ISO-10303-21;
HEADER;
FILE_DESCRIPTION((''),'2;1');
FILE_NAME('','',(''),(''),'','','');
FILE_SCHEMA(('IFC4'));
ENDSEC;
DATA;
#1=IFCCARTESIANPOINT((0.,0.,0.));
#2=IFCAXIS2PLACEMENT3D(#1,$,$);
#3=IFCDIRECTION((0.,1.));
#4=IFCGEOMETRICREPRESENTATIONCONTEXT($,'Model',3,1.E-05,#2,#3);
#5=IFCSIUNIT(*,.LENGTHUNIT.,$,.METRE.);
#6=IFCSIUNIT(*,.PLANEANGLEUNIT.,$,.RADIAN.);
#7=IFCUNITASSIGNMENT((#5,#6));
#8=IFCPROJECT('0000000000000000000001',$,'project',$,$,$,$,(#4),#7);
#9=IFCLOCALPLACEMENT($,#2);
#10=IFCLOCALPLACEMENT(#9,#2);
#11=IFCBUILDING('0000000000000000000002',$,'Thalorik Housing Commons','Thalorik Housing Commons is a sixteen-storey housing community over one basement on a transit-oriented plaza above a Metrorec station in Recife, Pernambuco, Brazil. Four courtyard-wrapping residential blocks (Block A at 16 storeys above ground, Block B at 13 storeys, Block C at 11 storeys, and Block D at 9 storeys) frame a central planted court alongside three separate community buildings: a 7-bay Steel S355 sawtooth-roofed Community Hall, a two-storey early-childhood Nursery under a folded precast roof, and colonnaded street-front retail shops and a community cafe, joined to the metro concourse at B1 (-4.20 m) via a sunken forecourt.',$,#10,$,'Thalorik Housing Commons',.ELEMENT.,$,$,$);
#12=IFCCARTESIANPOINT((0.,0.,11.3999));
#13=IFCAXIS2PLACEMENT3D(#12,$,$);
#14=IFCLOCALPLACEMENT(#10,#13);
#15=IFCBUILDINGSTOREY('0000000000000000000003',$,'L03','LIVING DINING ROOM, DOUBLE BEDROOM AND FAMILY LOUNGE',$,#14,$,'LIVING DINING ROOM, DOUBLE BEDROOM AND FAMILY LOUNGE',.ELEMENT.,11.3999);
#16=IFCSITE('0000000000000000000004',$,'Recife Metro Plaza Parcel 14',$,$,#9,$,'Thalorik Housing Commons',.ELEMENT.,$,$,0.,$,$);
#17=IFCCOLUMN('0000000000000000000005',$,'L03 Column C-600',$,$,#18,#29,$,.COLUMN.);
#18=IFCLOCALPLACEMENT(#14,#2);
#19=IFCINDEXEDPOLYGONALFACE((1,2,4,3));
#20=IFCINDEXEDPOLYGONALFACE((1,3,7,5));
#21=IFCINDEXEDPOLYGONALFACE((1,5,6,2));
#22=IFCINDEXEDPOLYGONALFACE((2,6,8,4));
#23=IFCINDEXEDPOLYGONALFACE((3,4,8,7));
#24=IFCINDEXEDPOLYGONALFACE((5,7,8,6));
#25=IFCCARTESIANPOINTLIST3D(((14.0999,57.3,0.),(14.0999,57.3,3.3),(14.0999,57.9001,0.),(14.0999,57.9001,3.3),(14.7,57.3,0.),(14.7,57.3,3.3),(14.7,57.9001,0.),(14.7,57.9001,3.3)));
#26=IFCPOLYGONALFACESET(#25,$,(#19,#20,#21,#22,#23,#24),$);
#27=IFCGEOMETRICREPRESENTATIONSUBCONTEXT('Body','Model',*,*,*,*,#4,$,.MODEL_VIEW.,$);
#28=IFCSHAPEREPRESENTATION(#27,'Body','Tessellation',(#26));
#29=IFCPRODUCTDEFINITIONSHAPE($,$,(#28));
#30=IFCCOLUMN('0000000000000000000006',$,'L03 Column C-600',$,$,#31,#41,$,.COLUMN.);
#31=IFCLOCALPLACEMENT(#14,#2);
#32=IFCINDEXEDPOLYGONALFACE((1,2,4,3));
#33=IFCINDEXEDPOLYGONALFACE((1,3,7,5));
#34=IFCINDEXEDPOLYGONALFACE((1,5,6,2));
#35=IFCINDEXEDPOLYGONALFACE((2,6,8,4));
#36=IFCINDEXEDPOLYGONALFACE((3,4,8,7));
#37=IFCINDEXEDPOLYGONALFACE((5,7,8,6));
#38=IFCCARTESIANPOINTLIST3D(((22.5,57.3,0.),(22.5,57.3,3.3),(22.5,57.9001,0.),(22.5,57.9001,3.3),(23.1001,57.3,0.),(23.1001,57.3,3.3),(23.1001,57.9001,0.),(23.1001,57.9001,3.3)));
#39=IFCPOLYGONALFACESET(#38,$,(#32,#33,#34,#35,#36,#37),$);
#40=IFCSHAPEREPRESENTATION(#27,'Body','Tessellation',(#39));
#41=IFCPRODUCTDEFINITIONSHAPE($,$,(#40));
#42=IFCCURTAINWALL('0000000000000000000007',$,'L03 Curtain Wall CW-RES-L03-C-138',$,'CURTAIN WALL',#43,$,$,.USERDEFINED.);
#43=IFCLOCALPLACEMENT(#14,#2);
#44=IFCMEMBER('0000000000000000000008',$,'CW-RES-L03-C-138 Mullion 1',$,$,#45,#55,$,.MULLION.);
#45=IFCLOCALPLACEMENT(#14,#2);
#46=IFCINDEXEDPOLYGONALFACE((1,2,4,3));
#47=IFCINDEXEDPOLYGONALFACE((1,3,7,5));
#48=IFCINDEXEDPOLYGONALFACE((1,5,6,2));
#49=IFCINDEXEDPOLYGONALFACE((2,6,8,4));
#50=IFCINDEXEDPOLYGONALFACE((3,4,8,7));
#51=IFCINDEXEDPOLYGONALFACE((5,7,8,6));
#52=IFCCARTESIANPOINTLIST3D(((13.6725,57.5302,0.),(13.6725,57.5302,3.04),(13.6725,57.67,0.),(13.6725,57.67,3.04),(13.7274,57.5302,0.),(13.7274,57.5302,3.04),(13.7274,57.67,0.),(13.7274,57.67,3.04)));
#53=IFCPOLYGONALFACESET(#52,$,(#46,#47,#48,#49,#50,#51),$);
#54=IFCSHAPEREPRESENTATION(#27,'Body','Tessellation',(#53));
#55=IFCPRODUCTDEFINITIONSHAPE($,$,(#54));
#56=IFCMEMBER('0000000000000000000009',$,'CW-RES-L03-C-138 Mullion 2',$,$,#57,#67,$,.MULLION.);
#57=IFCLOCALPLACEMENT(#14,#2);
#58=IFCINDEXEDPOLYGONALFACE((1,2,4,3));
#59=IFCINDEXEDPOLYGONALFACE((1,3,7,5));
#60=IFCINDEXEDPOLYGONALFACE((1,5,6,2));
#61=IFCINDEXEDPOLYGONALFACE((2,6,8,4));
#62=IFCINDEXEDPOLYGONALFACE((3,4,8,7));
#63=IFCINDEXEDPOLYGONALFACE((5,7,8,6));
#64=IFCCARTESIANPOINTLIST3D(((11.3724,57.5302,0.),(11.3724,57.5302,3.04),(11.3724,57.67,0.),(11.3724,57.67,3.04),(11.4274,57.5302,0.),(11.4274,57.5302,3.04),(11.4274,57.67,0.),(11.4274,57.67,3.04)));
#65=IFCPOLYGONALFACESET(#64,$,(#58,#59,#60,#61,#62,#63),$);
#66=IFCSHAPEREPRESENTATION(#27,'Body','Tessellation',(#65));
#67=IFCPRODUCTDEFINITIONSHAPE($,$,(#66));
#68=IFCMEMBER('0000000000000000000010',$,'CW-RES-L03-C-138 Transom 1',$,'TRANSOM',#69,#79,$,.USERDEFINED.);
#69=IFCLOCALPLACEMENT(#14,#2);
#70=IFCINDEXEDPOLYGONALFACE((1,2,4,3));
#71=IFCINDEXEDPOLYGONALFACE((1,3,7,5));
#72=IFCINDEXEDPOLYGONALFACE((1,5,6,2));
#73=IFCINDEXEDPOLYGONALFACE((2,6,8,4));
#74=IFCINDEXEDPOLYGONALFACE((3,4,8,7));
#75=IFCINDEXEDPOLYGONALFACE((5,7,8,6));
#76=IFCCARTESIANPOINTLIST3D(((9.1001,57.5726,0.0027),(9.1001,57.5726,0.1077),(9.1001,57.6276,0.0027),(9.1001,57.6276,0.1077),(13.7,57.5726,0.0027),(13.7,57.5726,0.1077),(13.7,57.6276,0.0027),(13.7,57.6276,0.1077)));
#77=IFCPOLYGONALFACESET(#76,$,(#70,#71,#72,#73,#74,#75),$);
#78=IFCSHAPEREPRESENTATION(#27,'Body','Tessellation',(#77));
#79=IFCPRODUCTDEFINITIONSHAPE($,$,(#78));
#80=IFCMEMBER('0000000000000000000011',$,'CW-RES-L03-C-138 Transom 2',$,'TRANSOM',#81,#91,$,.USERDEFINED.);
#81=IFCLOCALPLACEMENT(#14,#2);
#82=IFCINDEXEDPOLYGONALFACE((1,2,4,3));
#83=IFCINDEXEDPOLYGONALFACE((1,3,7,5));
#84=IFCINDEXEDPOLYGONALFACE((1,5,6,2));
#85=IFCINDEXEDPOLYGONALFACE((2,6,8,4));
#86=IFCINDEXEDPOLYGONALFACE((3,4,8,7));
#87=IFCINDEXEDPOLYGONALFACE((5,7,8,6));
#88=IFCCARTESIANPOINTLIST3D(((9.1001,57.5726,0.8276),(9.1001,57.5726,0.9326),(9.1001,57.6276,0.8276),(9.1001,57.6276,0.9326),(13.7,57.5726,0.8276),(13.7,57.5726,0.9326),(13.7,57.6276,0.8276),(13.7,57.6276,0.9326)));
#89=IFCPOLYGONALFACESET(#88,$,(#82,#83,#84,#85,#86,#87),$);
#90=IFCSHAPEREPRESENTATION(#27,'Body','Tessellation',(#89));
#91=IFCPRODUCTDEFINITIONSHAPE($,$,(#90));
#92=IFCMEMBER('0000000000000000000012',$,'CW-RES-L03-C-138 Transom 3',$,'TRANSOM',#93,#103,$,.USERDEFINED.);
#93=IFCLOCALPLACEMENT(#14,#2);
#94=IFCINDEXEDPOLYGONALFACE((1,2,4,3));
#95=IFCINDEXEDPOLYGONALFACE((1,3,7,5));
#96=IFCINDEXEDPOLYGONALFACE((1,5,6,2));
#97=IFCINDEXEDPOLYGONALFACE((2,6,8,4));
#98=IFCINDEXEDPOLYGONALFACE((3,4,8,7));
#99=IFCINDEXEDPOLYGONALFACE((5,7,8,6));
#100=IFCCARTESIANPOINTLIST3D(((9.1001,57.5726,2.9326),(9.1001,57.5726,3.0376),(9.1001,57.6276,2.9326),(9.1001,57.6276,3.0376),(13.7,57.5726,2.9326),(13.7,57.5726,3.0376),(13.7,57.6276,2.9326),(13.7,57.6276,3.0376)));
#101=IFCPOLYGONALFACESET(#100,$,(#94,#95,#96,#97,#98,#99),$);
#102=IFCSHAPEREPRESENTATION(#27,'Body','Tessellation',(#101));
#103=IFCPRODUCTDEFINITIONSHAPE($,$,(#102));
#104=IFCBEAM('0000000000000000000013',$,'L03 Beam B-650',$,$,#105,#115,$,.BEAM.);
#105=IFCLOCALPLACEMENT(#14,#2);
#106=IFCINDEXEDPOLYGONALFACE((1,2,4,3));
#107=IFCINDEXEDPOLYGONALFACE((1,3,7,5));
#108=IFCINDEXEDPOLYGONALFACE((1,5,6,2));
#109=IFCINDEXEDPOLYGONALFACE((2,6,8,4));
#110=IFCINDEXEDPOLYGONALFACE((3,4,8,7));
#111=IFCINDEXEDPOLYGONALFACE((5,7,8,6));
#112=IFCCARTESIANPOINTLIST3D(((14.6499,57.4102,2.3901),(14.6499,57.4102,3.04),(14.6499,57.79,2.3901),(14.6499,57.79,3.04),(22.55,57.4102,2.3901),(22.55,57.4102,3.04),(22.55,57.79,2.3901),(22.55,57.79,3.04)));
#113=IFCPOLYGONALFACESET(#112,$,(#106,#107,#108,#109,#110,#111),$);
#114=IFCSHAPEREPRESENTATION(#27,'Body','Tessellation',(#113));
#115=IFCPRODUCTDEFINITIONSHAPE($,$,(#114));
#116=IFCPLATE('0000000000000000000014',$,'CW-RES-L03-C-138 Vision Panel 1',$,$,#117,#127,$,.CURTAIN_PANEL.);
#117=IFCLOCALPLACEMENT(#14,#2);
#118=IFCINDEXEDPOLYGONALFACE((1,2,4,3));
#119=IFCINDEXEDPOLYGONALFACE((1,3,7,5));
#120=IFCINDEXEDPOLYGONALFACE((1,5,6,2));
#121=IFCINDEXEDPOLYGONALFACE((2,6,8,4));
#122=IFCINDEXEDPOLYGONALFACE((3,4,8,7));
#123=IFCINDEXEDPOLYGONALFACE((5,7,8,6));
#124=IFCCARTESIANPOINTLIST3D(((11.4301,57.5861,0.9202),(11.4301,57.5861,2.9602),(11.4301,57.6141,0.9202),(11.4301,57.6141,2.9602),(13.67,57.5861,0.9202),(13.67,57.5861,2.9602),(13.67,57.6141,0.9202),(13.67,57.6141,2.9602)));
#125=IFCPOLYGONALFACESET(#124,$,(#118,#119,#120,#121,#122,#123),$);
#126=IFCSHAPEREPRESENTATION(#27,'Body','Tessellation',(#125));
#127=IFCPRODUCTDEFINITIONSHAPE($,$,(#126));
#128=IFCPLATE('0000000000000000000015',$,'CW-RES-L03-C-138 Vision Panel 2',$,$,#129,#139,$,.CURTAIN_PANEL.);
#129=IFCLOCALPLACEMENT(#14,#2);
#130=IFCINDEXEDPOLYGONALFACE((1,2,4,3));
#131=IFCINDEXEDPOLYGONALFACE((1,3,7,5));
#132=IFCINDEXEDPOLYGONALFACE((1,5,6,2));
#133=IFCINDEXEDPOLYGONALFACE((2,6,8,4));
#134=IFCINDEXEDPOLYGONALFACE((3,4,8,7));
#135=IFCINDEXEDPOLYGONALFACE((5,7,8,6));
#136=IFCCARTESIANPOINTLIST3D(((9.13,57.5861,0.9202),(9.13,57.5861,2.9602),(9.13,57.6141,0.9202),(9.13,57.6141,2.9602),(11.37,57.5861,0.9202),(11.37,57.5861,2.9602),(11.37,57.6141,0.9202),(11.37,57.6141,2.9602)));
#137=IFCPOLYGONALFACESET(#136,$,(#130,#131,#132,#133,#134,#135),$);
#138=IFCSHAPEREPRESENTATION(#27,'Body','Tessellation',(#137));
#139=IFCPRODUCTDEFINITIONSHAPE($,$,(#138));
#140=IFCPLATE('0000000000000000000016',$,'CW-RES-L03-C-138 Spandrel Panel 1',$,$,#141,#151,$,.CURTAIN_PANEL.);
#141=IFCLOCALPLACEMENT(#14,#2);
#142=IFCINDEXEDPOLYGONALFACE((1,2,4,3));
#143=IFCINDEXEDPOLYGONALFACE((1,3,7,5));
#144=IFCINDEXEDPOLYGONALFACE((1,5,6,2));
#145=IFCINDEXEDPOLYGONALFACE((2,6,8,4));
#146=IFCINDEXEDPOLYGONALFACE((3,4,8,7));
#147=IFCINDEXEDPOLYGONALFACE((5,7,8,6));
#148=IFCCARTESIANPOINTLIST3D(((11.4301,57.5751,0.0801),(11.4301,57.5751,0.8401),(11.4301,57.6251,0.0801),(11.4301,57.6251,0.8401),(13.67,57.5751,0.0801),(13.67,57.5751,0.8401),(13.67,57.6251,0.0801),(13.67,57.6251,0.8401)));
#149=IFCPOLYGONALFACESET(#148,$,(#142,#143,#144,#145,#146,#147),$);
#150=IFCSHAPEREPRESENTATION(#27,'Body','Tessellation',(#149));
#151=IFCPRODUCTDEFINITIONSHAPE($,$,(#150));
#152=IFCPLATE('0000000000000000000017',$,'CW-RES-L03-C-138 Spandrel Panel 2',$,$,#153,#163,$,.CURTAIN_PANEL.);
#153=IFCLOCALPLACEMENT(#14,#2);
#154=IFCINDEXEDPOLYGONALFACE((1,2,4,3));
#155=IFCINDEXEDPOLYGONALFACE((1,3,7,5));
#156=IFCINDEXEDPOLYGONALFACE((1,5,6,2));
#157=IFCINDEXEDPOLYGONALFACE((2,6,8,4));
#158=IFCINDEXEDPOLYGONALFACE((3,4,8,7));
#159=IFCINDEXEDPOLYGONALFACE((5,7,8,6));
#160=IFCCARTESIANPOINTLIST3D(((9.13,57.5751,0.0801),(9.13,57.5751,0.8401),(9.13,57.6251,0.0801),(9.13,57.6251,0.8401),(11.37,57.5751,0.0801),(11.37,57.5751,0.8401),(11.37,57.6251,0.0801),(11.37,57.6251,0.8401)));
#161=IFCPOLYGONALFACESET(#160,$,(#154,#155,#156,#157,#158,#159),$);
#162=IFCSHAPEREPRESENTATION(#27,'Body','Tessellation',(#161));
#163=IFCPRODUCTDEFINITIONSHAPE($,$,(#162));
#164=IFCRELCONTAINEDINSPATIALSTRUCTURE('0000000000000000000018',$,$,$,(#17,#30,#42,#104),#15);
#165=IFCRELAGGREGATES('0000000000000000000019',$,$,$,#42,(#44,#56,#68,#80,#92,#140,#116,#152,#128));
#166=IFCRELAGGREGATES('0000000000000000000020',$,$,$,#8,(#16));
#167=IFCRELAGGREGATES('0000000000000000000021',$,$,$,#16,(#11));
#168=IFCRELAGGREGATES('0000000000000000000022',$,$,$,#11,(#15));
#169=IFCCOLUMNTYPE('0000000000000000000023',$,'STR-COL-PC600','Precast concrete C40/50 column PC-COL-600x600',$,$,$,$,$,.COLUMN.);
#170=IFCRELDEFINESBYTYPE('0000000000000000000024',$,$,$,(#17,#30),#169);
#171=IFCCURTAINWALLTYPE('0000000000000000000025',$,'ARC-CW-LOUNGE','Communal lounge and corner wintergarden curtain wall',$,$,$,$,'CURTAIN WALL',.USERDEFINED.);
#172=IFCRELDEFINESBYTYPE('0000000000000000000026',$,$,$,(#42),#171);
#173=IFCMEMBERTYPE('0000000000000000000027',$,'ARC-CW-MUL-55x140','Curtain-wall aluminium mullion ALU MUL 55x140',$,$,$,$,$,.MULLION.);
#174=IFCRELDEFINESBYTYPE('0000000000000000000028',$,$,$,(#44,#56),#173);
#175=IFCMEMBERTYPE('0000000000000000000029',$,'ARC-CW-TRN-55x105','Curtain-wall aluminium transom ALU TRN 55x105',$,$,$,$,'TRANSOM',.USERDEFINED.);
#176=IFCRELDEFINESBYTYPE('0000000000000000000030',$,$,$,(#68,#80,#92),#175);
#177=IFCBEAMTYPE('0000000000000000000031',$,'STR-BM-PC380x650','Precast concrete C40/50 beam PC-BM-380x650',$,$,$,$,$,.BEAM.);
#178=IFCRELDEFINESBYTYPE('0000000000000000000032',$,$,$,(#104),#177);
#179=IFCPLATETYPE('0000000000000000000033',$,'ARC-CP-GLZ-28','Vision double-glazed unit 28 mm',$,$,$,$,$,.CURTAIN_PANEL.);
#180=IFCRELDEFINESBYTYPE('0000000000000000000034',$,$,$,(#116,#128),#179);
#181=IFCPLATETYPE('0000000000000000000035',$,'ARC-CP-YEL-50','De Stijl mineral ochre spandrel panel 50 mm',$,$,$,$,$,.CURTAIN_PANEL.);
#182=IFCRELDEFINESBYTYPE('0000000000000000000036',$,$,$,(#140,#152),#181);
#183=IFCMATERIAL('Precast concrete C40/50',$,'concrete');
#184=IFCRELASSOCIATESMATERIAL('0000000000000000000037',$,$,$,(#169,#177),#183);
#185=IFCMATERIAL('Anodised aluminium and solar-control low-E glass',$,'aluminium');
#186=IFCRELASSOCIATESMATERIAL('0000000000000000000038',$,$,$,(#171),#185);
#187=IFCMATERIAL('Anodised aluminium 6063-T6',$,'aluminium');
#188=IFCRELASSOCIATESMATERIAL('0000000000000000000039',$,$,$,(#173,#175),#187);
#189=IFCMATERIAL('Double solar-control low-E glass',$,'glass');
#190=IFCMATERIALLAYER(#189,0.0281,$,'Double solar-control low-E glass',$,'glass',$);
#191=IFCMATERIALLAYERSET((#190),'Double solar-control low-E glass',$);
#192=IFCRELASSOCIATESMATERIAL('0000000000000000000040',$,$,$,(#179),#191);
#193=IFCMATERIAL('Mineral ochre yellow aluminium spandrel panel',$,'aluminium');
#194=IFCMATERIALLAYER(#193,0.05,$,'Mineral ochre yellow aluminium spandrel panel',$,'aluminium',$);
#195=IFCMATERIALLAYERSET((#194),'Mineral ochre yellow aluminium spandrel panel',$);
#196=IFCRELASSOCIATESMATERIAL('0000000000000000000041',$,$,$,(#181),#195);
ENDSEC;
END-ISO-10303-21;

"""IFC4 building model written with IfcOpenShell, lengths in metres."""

from ifc_helpers import new_model, si_unit, direction, frame, origin, origin_2d, place, context, subcontext, project, spatial, rectangle, extrude, material, layer, layer_set, material_profile, profile_set, type_object, element, aggregate, save


model = new_model("IFC4")

# Units and contexts
model_context = context("Model", 3, precision=1e-05, world=origin(), true_north=direction((0.0, 1.0)))
body_context = subcontext(model_context, "Body", "Model", "MODEL_VIEW")
ifc_project = project(units=[si_unit("LENGTHUNIT", "METRE"), si_unit("PLANEANGLEUNIT", "RADIAN")], contexts=[model_context])

# Site, building, storey
site_placement = place(None, origin())
site = spatial("IfcSite", under=ifc_project, at=site_placement, Name="Recife Metro Plaza Parcel 14", LongName="Thalorik Housing Commons", CompositionType="ELEMENT", RefElevation=0.0)
building_placement = place(site_placement, origin())
building = spatial("IfcBuilding", under=site, at=building_placement, Name="Thalorik Housing Commons", Description="Thalorik Housing Commons is a sixteen-storey housing community over one basement on a transit-oriented plaza above a Metrorec station in Recife, Pernambuco, Brazil. Four courtyard-wrapping residential blocks (Block A at 16 storeys above ground, Block B at 13 storeys, Block C at 11 storeys, and Block D at 9 storeys) frame a central planted court alongside three separate community buildings: a 7-bay Steel S355 sawtooth-roofed Community Hall, a two-storey early-childhood Nursery under a folded precast roof, and colonnaded street-front retail shops and a community cafe, joined to the metro concourse at B1 (-4.20 m) via a sunken forecourt.", LongName="Thalorik Housing Commons", CompositionType="ELEMENT")
storey_placement = place(building_placement, frame((0.0, 0.0, 11.3999)))
storey = spatial("IfcBuildingStorey", under=building, at=storey_placement, Name="L03", Description="LIVING DINING ROOM, DOUBLE BEDROOM AND FAMILY LOUNGE", LongName="LIVING DINING ROOM, DOUBLE BEDROOM AND FAMILY LOUNGE", CompositionType="ELEMENT", Elevation=11.3999)

# Columns
ifc_material_1 = material(Name="Precast concrete C40/50", Category="concrete")
ifc_material_profile_1 = material_profile(ifc_material_1, rectangle(XDim=0.6001, YDim=0.6001, at=origin_2d()), Name="PC 600x600", Category="concrete")
ifc_profile_set_1 = profile_set([ifc_material_profile_1], Name="Precast concrete C40/50")
column_type = type_object("IfcColumnType", Name="STR-COL-PC600", Description="Precast concrete C40/50 column PC-COL-600x600", PredefinedType="COLUMN", material=ifc_profile_set_1)
for number, where, z_axis, x_axis, name in (
    (1, (14.3999, 57.6001, 0.0), (0.0, 0.0, 1.0), (1.0, 0.0, 0.0), "L03 Column C-600"),
    (2, (22.8, 57.6001, 0.0), (0.0, 0.0, 1.0), (1.0, 0.0, 0.0), "L03 Column C-600"),
):
    element("IfcColumn", number, at=place(storey_placement, frame(where, z_axis=z_axis, x_axis=x_axis)), inside=storey, type_object=column_type, Name=name, PredefinedType="COLUMN", context=body_context, shape_type="SweptSolid", body=[
        extrude(rectangle(XDim=0.6001, YDim=0.6001, at=origin_2d()), origin(), (0.0, 0.0, 1.0), 3.3),
    ])

# Curtain wall, members
ifc_material_2 = material(Name="Anodised aluminium and solar-control low-E glass", Category="aluminium")
curtain_wall_type = type_object("IfcCurtainWallType", Name="ARC-CW-LOUNGE", Description="Communal lounge and corner wintergarden curtain wall", ElementType="CURTAIN WALL", PredefinedType="USERDEFINED", material=ifc_material_2)
curtain_wall_placement = place(storey_placement, origin())
curtain_wall = element("IfcCurtainWall", 3, at=curtain_wall_placement, inside=storey, type_object=curtain_wall_type, Name="L03 Curtain Wall CW-RES-L03-C-138", ObjectType="CURTAIN WALL", PredefinedType="USERDEFINED")
ifc_material_3 = material(Name="Anodised aluminium 6063-T6", Category="aluminium")
ifc_material_profile_2 = material_profile(ifc_material_3, rectangle(XDim=0.0549, YDim=0.1399, at=origin_2d()), Name="ALU MUL 55x140", Category="aluminium")
ifc_profile_set_2 = profile_set([ifc_material_profile_2], Name="Anodised aluminium 6063-T6")
member_type_1 = type_object("IfcMemberType", Name="ARC-CW-MUL-55x140", Description="Curtain-wall aluminium mullion ALU MUL 55x140", PredefinedType="MULLION", material=ifc_profile_set_2)
member_1_placement = place(storey_placement, frame((13.7, 57.6001, 0.0), z_axis=(0.0, 0.0, 1.0), x_axis=(-1.0, 0.0, 0.0)))
member_1 = element("IfcMember", 4, at=member_1_placement, type_object=member_type_1, Name="CW-RES-L03-C-138 Mullion 1", PredefinedType="MULLION", context=body_context, shape_type="SweptSolid", body=[
    extrude(rectangle(XDim=0.0549, YDim=0.1399, at=origin_2d()), origin(), (0.0, 0.0, 1.0), 3.04),
])
member_2_placement = place(storey_placement, frame((11.3999, 57.6001, 0.0), z_axis=(0.0, 0.0, 1.0), x_axis=(-1.0, 0.0, 0.0)))
member_2 = element("IfcMember", 5, at=member_2_placement, type_object=member_type_1, Name="CW-RES-L03-C-138 Mullion 2", PredefinedType="MULLION", context=body_context, shape_type="SweptSolid", body=[
    extrude(rectangle(XDim=0.0549, YDim=0.1399, at=origin_2d()), origin(), (0.0, 0.0, 1.0), 3.04),
])
ifc_material_profile_3 = material_profile(ifc_material_3, rectangle(XDim=0.0549, YDim=0.105, at=origin_2d()), Name="ALU TRN 55x105", Category="aluminium")
ifc_profile_set_3 = profile_set([ifc_material_profile_3], Name="Anodised aluminium 6063-T6")
member_type_2 = type_object("IfcMemberType", Name="ARC-CW-TRN-55x105", Description="Curtain-wall aluminium transom ALU TRN 55x105", ElementType="TRANSOM", PredefinedType="USERDEFINED", material=ifc_profile_set_3)
member_3_placement = place(storey_placement, frame((13.7, 57.6001, 0.0552), z_axis=(-1.0, 0.0, 0.0), x_axis=(0.0, -1.0, 0.0)))
member_3 = element("IfcMember", 6, at=member_3_placement, type_object=member_type_2, Name="CW-RES-L03-C-138 Transom 1", ObjectType="TRANSOM", PredefinedType="USERDEFINED", context=body_context, shape_type="SweptSolid", body=[
    extrude(rectangle(XDim=0.0549, YDim=0.105, at=origin_2d()), origin(), (0.0, 0.0, 1.0), 4.5999),
])
member_4_placement = place(storey_placement, frame((13.7, 57.6001, 0.8801), z_axis=(-1.0, 0.0, 0.0), x_axis=(0.0, -1.0, 0.0)))
member_4 = element("IfcMember", 7, at=member_4_placement, type_object=member_type_2, Name="CW-RES-L03-C-138 Transom 2", ObjectType="TRANSOM", PredefinedType="USERDEFINED", context=body_context, shape_type="SweptSolid", body=[
    extrude(rectangle(XDim=0.0549, YDim=0.105, at=origin_2d()), origin(), (0.0, 0.0, 1.0), 4.5999),
])
member_5_placement = place(storey_placement, frame((13.7, 57.6001, 2.9851), z_axis=(-1.0, 0.0, 0.0), x_axis=(0.0, -1.0, 0.0)))
member_5 = element("IfcMember", 8, at=member_5_placement, type_object=member_type_2, Name="CW-RES-L03-C-138 Transom 3", ObjectType="TRANSOM", PredefinedType="USERDEFINED", context=body_context, shape_type="SweptSolid", body=[
    extrude(rectangle(XDim=0.0549, YDim=0.105, at=origin_2d()), origin(), (0.0, 0.0, 1.0), 4.5999),
])

# Beam
ifc_material_profile_4 = material_profile(ifc_material_1, rectangle(XDim=0.3799, YDim=0.6499, at=origin_2d()), Name="PC 380x650", Category="concrete")
ifc_profile_set_4 = profile_set([ifc_material_profile_4], Name="Precast concrete C40/50")
beam_type = type_object("IfcBeamType", Name="STR-BM-PC380x650", Description="Precast concrete C40/50 beam PC-BM-380x650", PredefinedType="BEAM", material=ifc_profile_set_4)
beam_placement = place(storey_placement, frame((14.6499, 57.6001, 2.7151), z_axis=(1.0, 0.0, 0.0), x_axis=(0.0, 1.0, 0.0)))
element("IfcBeam", 9, at=beam_placement, inside=storey, type_object=beam_type, Name="L03 Beam B-650", PredefinedType="BEAM", context=body_context, shape_type="SweptSolid", body=[
    extrude(rectangle(XDim=0.3799, YDim=0.6499, at=origin_2d()), origin(), (0.0, 0.0, 1.0), 7.9001),
])

# Plates
ifc_material_4 = material(Name="Double solar-control low-E glass", Category="glass")
ifc_layer_1 = layer(ifc_material_4, 0.0281, Name="Double solar-control low-E glass", Category="glass")
ifc_layer_set_1 = layer_set([ifc_layer_1], Name="Double solar-control low-E glass")
plate_type_1 = type_object("IfcPlateType", Name="ARC-CP-GLZ-28", Description="Vision double-glazed unit 28 mm", PredefinedType="CURTAIN_PANEL", material=ifc_layer_set_1)
plate_1_placement = place(storey_placement, frame((12.55, 57.6001, 0.9202), z_axis=(0.0, 0.0, 1.0), x_axis=(-1.0, 0.0, 0.0)))
plate_1 = element("IfcPlate", 10, at=plate_1_placement, type_object=plate_type_1, Name="CW-RES-L03-C-138 Vision Panel 1", PredefinedType="CURTAIN_PANEL", context=body_context, shape_type="SweptSolid", body=[
    extrude(rectangle(XDim=2.24, YDim=0.0281, at=origin_2d()), origin(), (0.0, 0.0, 1.0), 2.04),
])
plate_2_placement = place(storey_placement, frame((10.25, 57.6001, 0.9202), z_axis=(0.0, 0.0, 1.0), x_axis=(-1.0, 0.0, 0.0)))
plate_2 = element("IfcPlate", 11, at=plate_2_placement, type_object=plate_type_1, Name="CW-RES-L03-C-138 Vision Panel 2", PredefinedType="CURTAIN_PANEL", context=body_context, shape_type="SweptSolid", body=[
    extrude(rectangle(XDim=2.24, YDim=0.0281, at=origin_2d()), origin(), (0.0, 0.0, 1.0), 2.04),
])
ifc_material_5 = material(Name="Mineral ochre yellow aluminium spandrel panel", Category="aluminium")
ifc_layer_2 = layer(ifc_material_5, 0.05, Name="Mineral ochre yellow aluminium spandrel panel", Category="aluminium")
ifc_layer_set_2 = layer_set([ifc_layer_2], Name="Mineral ochre yellow aluminium spandrel panel")
plate_type_2 = type_object("IfcPlateType", Name="ARC-CP-YEL-50", Description="De Stijl mineral ochre spandrel panel 50 mm", PredefinedType="CURTAIN_PANEL", material=ifc_layer_set_2)
plate_3_placement = place(storey_placement, frame((12.55, 57.6001, 0.0801), z_axis=(0.0, 0.0, 1.0), x_axis=(-1.0, 0.0, 0.0)))
plate_3 = element("IfcPlate", 12, at=plate_3_placement, type_object=plate_type_2, Name="CW-RES-L03-C-138 Spandrel Panel 1", PredefinedType="CURTAIN_PANEL", context=body_context, shape_type="SweptSolid", body=[
    extrude(rectangle(XDim=2.24, YDim=0.05, at=origin_2d()), origin(), (0.0, 0.0, 1.0), 0.76),
])
plate_4_placement = place(storey_placement, frame((10.25, 57.6001, 0.0801), z_axis=(0.0, 0.0, 1.0), x_axis=(-1.0, 0.0, 0.0)))
plate_4 = element("IfcPlate", 13, at=plate_4_placement, type_object=plate_type_2, Name="CW-RES-L03-C-138 Spandrel Panel 2", PredefinedType="CURTAIN_PANEL", context=body_context, shape_type="SweptSolid", body=[
    extrude(rectangle(XDim=2.24, YDim=0.05, at=origin_2d()), origin(), (0.0, 0.0, 1.0), 0.76),
])
aggregate(curtain_wall, [member_1, member_2, member_3, member_4, member_5, plate_3, plate_1, plate_4, plate_2])

save(model, "model.ifc")
